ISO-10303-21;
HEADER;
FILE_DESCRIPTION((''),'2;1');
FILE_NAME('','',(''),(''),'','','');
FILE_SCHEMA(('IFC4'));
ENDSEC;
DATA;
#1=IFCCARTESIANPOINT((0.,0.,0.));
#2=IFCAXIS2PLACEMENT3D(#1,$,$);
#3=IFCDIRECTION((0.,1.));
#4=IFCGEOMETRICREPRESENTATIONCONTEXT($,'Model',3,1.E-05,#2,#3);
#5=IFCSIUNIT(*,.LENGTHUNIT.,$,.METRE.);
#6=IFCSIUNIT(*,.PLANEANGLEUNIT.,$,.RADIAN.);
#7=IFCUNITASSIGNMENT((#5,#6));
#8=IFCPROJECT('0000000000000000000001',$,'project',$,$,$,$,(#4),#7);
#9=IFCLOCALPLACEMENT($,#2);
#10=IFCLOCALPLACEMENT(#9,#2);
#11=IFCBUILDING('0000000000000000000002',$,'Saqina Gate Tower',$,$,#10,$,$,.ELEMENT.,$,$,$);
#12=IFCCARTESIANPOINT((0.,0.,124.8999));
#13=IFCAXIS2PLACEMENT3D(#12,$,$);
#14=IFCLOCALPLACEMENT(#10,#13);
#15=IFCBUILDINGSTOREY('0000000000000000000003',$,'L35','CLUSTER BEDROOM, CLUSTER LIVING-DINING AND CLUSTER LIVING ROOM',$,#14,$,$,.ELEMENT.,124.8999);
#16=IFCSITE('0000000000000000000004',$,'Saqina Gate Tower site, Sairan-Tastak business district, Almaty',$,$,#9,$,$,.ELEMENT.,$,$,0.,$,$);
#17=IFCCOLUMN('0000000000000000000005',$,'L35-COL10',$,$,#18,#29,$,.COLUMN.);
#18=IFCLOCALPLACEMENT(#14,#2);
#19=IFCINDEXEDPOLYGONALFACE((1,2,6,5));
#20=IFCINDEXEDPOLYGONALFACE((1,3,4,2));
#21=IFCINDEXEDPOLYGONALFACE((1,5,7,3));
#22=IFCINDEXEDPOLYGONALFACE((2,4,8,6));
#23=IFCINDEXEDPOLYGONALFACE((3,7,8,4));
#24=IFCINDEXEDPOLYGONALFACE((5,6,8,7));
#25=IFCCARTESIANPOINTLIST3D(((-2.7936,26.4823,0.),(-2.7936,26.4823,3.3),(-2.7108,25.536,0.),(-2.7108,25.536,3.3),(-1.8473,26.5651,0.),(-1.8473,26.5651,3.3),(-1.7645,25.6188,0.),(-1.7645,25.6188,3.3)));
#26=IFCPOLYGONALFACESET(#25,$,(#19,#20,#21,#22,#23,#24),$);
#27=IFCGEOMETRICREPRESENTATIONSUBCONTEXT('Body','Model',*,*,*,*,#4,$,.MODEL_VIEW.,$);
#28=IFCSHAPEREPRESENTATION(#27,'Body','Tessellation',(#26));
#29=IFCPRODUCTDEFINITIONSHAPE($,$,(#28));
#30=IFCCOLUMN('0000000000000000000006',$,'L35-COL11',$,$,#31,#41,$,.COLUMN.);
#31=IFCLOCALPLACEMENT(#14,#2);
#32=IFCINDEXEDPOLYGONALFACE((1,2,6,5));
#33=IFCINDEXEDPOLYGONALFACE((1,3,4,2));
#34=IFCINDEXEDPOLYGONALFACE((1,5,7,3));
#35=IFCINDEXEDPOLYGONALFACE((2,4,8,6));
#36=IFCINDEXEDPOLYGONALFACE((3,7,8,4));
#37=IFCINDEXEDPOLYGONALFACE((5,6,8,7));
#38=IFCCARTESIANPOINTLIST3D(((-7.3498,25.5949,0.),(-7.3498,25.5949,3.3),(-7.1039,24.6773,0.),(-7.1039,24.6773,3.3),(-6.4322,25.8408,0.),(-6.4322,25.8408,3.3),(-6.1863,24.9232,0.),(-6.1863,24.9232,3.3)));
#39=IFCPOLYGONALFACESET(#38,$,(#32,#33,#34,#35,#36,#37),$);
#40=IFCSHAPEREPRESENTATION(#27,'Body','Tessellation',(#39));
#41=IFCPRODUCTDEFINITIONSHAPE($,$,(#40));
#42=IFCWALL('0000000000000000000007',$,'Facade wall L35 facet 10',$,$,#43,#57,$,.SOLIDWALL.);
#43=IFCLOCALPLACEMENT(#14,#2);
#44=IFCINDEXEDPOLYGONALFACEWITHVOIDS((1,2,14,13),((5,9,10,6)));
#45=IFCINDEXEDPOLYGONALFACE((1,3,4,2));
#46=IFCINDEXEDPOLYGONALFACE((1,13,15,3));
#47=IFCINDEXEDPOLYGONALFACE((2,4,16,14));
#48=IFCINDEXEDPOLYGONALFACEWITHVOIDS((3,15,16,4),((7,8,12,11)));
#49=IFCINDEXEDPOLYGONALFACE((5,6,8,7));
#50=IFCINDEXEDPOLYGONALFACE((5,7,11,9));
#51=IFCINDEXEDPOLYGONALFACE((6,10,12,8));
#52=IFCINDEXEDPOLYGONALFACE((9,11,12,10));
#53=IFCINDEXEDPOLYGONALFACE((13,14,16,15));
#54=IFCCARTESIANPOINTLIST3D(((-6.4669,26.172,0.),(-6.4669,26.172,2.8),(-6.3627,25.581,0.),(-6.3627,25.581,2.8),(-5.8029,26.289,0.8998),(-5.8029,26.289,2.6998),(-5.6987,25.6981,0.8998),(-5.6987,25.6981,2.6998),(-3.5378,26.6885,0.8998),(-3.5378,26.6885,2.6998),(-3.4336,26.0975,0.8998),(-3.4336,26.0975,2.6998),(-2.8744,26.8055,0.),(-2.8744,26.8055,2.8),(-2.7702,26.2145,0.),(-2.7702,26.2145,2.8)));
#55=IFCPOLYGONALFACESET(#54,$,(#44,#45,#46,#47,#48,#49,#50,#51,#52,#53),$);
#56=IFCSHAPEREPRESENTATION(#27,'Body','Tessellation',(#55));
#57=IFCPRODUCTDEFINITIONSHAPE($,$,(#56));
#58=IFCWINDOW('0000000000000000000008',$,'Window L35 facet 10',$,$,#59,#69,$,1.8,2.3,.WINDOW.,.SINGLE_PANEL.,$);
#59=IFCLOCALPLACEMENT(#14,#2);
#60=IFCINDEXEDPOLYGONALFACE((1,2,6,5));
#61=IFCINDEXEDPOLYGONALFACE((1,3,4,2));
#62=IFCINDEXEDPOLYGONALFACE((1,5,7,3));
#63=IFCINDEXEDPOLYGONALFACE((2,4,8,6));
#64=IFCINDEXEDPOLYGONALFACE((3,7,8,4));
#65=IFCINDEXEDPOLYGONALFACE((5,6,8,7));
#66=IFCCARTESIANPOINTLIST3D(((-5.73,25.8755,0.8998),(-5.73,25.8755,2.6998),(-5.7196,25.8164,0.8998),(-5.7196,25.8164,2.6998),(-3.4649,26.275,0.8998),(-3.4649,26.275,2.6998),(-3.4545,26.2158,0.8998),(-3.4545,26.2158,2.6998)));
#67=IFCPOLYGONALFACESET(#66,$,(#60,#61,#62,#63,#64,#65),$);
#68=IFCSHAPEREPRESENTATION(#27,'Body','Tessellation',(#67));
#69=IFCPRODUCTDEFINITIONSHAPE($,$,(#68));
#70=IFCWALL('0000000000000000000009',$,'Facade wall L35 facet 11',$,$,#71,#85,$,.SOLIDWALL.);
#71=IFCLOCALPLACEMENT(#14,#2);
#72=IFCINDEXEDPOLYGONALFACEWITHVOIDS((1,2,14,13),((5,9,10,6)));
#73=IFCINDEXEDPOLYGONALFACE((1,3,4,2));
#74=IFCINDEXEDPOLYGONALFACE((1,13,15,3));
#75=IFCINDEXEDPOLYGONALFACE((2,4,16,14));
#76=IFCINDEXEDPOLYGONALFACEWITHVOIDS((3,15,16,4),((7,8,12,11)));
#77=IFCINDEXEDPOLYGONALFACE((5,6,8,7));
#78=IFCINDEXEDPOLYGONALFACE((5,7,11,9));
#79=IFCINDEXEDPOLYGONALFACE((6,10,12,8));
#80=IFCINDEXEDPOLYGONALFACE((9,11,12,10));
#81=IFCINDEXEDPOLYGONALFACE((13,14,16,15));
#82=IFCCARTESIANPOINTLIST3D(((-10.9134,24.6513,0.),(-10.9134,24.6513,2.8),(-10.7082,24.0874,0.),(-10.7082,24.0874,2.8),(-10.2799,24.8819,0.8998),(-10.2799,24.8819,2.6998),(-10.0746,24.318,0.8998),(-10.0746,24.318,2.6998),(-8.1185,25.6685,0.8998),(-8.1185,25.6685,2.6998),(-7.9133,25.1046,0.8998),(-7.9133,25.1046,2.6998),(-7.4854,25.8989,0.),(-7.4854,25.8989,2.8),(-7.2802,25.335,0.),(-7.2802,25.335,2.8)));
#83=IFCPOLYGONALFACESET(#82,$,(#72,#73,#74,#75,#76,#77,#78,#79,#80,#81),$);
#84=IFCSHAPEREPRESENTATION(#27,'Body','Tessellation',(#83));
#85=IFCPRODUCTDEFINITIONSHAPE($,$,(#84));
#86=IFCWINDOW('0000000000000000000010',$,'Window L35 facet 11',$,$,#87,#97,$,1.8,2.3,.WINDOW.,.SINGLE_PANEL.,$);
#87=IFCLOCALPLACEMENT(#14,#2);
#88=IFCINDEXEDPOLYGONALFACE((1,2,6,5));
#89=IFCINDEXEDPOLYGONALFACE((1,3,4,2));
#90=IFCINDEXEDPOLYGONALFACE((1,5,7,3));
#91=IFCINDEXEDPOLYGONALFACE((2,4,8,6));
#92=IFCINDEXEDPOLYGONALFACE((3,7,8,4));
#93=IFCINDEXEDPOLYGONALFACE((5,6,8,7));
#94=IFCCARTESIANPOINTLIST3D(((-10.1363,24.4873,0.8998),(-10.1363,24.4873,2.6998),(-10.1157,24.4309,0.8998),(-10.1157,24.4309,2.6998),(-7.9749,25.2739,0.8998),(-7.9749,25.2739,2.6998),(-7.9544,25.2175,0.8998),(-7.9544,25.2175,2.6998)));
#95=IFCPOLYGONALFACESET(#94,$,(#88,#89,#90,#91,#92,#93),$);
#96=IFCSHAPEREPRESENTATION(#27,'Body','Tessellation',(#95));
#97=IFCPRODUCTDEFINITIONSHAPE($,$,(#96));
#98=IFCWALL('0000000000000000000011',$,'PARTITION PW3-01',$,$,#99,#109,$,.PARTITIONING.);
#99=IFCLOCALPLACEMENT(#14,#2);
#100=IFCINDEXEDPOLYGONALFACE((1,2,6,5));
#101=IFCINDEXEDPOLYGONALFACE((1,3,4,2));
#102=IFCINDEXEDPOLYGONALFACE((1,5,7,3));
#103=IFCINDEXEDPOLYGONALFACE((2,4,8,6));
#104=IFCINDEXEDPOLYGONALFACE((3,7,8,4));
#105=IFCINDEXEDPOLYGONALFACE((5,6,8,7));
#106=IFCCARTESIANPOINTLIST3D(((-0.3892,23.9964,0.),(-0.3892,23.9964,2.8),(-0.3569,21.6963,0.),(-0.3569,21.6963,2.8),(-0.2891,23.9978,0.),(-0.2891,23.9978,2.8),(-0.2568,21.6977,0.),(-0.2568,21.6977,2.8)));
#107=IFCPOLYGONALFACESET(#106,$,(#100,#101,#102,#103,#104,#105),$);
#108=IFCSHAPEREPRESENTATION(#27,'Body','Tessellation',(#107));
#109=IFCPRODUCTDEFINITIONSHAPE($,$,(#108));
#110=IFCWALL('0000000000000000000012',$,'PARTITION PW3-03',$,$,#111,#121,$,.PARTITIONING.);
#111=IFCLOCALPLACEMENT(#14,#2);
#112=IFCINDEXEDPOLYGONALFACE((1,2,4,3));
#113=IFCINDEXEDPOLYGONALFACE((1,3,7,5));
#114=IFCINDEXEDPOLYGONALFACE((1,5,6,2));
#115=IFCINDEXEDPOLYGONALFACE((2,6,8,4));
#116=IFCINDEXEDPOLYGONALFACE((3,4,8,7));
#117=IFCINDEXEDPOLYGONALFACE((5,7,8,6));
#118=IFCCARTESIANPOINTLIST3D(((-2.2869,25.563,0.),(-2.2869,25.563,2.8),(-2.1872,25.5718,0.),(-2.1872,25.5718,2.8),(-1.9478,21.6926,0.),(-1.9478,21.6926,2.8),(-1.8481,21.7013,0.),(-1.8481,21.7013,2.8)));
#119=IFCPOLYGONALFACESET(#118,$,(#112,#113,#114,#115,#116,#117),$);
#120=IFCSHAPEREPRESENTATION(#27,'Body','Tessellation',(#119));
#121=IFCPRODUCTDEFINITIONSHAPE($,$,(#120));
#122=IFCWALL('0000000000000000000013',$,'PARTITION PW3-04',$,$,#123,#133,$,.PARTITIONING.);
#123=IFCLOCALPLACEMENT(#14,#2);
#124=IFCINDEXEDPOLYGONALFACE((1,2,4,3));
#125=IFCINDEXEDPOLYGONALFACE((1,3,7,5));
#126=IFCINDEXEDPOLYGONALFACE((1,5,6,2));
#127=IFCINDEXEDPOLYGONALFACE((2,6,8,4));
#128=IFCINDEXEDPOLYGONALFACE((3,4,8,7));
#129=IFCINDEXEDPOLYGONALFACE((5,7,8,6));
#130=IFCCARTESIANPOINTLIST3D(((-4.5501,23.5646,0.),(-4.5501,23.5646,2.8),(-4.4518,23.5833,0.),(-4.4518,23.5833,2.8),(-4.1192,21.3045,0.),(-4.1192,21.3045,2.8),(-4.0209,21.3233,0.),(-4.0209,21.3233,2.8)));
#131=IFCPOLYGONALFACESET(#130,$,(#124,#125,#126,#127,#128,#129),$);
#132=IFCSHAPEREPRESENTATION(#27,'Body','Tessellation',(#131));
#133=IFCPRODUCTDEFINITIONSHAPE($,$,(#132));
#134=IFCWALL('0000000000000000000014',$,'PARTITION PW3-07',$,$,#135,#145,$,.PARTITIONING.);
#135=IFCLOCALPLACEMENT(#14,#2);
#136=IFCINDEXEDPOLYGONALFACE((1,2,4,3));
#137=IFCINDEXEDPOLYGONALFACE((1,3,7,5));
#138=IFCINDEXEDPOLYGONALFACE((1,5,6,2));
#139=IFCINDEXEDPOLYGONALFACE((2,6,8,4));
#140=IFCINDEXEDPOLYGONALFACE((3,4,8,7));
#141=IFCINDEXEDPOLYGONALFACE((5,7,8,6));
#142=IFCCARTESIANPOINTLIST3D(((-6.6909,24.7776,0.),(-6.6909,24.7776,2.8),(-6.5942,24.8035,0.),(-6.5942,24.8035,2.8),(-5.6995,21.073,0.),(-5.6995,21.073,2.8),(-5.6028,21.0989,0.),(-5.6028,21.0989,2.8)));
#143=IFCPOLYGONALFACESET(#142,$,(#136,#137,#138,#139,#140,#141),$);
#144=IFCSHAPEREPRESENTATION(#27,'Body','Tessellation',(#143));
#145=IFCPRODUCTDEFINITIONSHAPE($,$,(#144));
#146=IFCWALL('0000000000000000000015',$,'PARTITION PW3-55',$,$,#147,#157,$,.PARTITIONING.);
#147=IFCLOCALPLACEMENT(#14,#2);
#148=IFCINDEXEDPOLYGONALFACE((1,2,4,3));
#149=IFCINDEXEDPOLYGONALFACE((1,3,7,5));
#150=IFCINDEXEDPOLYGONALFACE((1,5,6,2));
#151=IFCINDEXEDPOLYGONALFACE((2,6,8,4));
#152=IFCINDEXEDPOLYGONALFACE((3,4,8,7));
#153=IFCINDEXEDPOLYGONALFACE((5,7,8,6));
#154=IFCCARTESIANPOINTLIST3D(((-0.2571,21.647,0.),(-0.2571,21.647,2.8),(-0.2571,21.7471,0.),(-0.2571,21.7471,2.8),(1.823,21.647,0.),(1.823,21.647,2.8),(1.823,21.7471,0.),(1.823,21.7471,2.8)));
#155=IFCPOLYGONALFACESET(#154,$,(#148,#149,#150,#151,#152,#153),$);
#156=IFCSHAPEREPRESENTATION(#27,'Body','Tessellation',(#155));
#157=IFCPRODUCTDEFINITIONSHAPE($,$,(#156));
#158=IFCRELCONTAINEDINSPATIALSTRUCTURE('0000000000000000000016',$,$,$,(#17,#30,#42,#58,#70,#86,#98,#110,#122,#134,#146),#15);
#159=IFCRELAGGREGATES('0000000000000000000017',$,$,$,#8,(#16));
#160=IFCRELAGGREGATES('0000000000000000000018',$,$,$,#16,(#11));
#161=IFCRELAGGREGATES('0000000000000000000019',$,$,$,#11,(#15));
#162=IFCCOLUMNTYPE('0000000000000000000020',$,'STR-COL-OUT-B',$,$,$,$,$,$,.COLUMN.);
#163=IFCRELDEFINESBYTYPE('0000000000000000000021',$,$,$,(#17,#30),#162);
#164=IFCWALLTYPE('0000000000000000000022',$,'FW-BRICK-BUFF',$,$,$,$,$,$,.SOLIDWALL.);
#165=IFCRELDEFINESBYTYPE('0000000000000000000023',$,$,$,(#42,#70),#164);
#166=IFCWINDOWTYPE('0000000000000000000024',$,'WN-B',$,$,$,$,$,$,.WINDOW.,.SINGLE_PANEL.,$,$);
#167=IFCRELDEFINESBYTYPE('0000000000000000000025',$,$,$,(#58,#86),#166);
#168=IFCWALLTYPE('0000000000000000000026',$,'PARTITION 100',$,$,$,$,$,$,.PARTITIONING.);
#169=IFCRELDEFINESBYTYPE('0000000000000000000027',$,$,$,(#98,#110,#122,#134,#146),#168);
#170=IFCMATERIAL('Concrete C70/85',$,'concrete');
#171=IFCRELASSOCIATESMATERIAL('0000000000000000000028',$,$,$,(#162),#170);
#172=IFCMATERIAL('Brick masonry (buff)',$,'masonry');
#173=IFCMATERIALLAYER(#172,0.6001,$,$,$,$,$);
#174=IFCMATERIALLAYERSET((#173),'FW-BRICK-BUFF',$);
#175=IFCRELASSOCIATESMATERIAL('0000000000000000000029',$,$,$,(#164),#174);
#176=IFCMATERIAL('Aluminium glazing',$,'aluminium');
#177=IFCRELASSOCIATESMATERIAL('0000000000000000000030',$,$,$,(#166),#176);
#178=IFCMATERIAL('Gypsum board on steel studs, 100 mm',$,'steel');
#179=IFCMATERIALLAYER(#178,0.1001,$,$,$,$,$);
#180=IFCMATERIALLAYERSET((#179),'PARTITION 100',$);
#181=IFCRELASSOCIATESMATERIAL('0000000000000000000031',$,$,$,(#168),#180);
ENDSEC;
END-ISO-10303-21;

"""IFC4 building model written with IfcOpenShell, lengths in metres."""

from ifc_helpers import new_model, si_unit, direction, frame, frame_2d, origin, origin_2d, place, context, subcontext, project, spatial, rectangle, extrude, material, layer, layer_set, material_profile, profile_set, type_object, element, fill, save


model = new_model("IFC4")

# Units and contexts
model_context = context("Model", 3, precision=1e-05, world=origin(), true_north=direction((0.0, 1.0)))
body_context = subcontext(model_context, "Body", "Model", "MODEL_VIEW")
ifc_project = project(units=[si_unit("LENGTHUNIT", "METRE"), si_unit("PLANEANGLEUNIT", "RADIAN")], contexts=[model_context])

# Site, building, storey
site_placement = place(None, origin())
site = spatial("IfcSite", under=ifc_project, at=site_placement, Name="Saqina Gate Tower site, Sairan-Tastak business district, Almaty", CompositionType="ELEMENT", RefElevation=0.0)
building_placement = place(site_placement, origin())
building = spatial("IfcBuilding", under=site, at=building_placement, Name="Saqina Gate Tower", CompositionType="ELEMENT")
storey_placement = place(building_placement, frame((0.0, 0.0, 124.8999)))
storey = spatial("IfcBuildingStorey", under=building, at=storey_placement, Name="L35", Description="CLUSTER BEDROOM, CLUSTER LIVING-DINING AND CLUSTER LIVING ROOM", CompositionType="ELEMENT", Elevation=124.8999)

# Columns
ifc_material_1 = material(Name="Concrete C70/85", Category="concrete")
ifc_material_profile = material_profile(ifc_material_1, rectangle(XDim=0.95, YDim=0.95, at=origin_2d()), Name="RC 950x950")
ifc_profile_set = profile_set([ifc_material_profile], Name="Concrete C70/85")
column_type = type_object("IfcColumnType", Name="STR-COL-OUT-B", PredefinedType="COLUMN", material=ifc_profile_set)
for number, where, z_axis, x_axis, name in (
    (1, (-2.2791, 26.0505, 0.0), (0.0, 0.0, 1.0), (-0.087156, 0.996195, 0.0), "L35-COL10"),
    (2, (-6.7681, 25.259, 0.0), (0.0, 0.0, 1.0), (-0.258819, 0.965926, 0.0), "L35-COL11"),
):
    element("IfcColumn", number, at=place(storey_placement, frame(where, z_axis=z_axis, x_axis=x_axis)), inside=storey, type_object=column_type, Name=name, PredefinedType="COLUMN", context=body_context, shape_type="SweptSolid", body=[
        extrude(rectangle(XDim=0.95, YDim=0.95, at=origin_2d()), origin(), (0.0, 0.0, 1.0), 3.3),
    ])

# Walls, openings, windows
ifc_material_2 = material(Name="Brick masonry (buff)", Category="masonry")
ifc_layer_1 = layer(ifc_material_2, 0.6001)
ifc_layer_set_1 = layer_set([ifc_layer_1], Name="FW-BRICK-BUFF")
wall_type_1 = type_object("IfcWallType", Name="FW-BRICK-BUFF", PredefinedType="SOLIDWALL", material=ifc_layer_set_1)
wall_1_placement = place(storey_placement, frame((-2.8223, 26.51, 0.0), z_axis=(0.0, 0.0, 1.0), x_axis=(-0.984804, -0.173671, 0.0)))
wall_1 = element("IfcWall", 3, at=wall_1_placement, inside=storey, type_object=wall_type_1, Name="Facade wall L35 facet 10", PredefinedType="SOLIDWALL", context=body_context, shape_type="SweptSolid", body=[
    extrude(rectangle(XDim=3.6479, YDim=0.6001, at=frame_2d((1.824, 0.0))), origin(), (0.0, 0.0, 1.0), 2.8),
])
opening_1_placement = place(wall_1_placement, frame((0.6738, 0.0, 0.8999)))
opening_1 = element("IfcOpeningElement", 4, at=opening_1_placement, cuts=wall_1, PredefinedType="OPENING", context=body_context, shape_type="SweptSolid", body=[
    extrude(rectangle(XDim=2.3, YDim=1.8, at=frame_2d((1.1499, 0.8999))), frame((0.0, 0.312, 0.0), z_axis=(0.0, -1.0, 0.0), x_axis=(1.0, 0.0, 0.0)), (0.0, 0.0, 1.0), 0.624),
])
ifc_material_3 = material(Name="Aluminium glazing", Category="aluminium")
window_type = type_object("IfcWindowType", Name="WN-B", PartitioningType="SINGLE_PANEL", PredefinedType="WINDOW", material=ifc_material_3)
window_1_placement = place(opening_1_placement, origin())
window_1 = element("IfcWindow", 5, at=window_1_placement, inside=storey, type_object=window_type, Name="Window L35 facet 10", OverallHeight=1.8, OverallWidth=2.3, PartitioningType="SINGLE_PANEL", PredefinedType="WINDOW", context=body_context, shape_type="SweptSolid", body=[
    extrude(rectangle(XDim=2.3, YDim=1.8, at=frame_2d((1.1499, 0.8999))), frame((0.0, 0.1799, 0.0), z_axis=(0.0, -1.0, 0.0), x_axis=(1.0, 0.0, 0.0)), (0.0, 0.0, 1.0), 0.0601),
])
fill(opening_1, window_1)
wall_2_placement = place(storey_placement, frame((-7.3828, 25.6169, 0.0), z_axis=(0.0, 0.0, 1.0), x_axis=(-0.939704, -0.34199, 0.0)))
wall_2 = element("IfcWall", 6, at=wall_2_placement, inside=storey, type_object=wall_type_1, Name="Facade wall L35 facet 11", PredefinedType="SOLIDWALL", context=body_context, shape_type="SweptSolid", body=[
    extrude(rectangle(XDim=3.6479, YDim=0.6001, at=frame_2d((1.824, 0.0))), origin(), (0.0, 0.0, 1.0), 2.8),
])
opening_2_placement = place(wall_2_placement, frame((0.6738, 0.0, 0.8999)))
opening_2 = element("IfcOpeningElement", 7, at=opening_2_placement, cuts=wall_2, PredefinedType="OPENING", context=body_context, shape_type="SweptSolid", body=[
    extrude(rectangle(XDim=2.3, YDim=1.8, at=frame_2d((1.1499, 0.8999))), frame((0.0, 0.312, 0.0), z_axis=(0.0, -1.0, 0.0), x_axis=(1.0, 0.0, 0.0)), (0.0, 0.0, 1.0), 0.624),
])
window_2_placement = place(opening_2_placement, origin())
window_2 = element("IfcWindow", 8, at=window_2_placement, inside=storey, type_object=window_type, Name="Window L35 facet 11", OverallHeight=1.8, OverallWidth=2.3, PartitioningType="SINGLE_PANEL", PredefinedType="WINDOW", context=body_context, shape_type="SweptSolid", body=[
    extrude(rectangle(XDim=2.3, YDim=1.8, at=frame_2d((1.1499, 0.8999))), frame((0.0, 0.1799, 0.0), z_axis=(0.0, -1.0, 0.0), x_axis=(1.0, 0.0, 0.0)), (0.0, 0.0, 1.0), 0.0601),
])
fill(opening_2, window_2)

# Walls
ifc_material_4 = material(Name="Gypsum board on steel studs, 100 mm", Category="steel")
ifc_layer_2 = layer(ifc_material_4, 0.1001)
ifc_layer_set_2 = layer_set([ifc_layer_2], Name="PARTITION 100")
wall_type_2 = type_object("IfcWallType", Name="PARTITION 100", PredefinedType="PARTITIONING", material=ifc_layer_set_2)
wall_3_placement = place(storey_placement, frame((-0.3391, 23.9971, 0.0), z_axis=(0.0, 0.0, 1.0), x_axis=(0.01401, -0.999902, 0.0)))
element("IfcWall", 9, at=wall_3_placement, inside=storey, type_object=wall_type_2, Name="PARTITION PW3-01", PredefinedType="PARTITIONING", context=body_context, shape_type="SweptSolid", body=[
    extrude(rectangle(XDim=2.3003, YDim=0.1001, at=frame_2d((1.1501, 0.0))), origin(), (0.0, 0.0, 1.0), 2.8),
])
wall_4_placement = place(storey_placement, frame((-2.2371, 25.5674, 0.0), z_axis=(0.0, 0.0, 1.0), x_axis=(0.087283, -0.996184, 0.0)))
element("IfcWall", 10, at=wall_4_placement, inside=storey, type_object=wall_type_2, Name="PARTITION PW3-03", PredefinedType="PARTITIONING", context=body_context, shape_type="SweptSolid", body=[
    extrude(rectangle(XDim=3.8853, YDim=0.1001, at=frame_2d((1.9426, 0.0))), origin(), (0.0, 0.0, 1.0), 2.8),
])
wall_5_placement = place(storey_placement, frame((-4.501, 23.574, 0.0), z_axis=(0.0, 0.0, 1.0), x_axis=(0.187293, -0.982304, 0.0)))
element("IfcWall", 11, at=wall_5_placement, inside=storey, type_object=wall_type_2, Name="PARTITION PW3-04", PredefinedType="PARTITIONING", context=body_context, shape_type="SweptSolid", body=[
    extrude(rectangle(XDim=2.3008, YDim=0.1001, at=frame_2d((1.1504, 0.0))), origin(), (0.0, 0.0, 1.0), 2.8),
])
wall_6_placement = place(storey_placement, frame((-6.6426, 24.7905, 0.0), z_axis=(0.0, 0.0, 1.0), x_axis=(0.25853, -0.966003, 0.0)))
element("IfcWall", 12, at=wall_6_placement, inside=storey, type_object=wall_type_2, Name="PARTITION PW3-07", PredefinedType="PARTITIONING", context=body_context, shape_type="SweptSolid", body=[
    extrude(rectangle(XDim=3.835, YDim=0.1001, at=frame_2d((1.9175, 0.0))), origin(), (0.0, 0.0, 1.0), 2.8),
])
wall_7_placement = place(storey_placement, frame((-0.2571, 21.697, 0.0), z_axis=(0.0, 0.0, 1.0), x_axis=(1.0, 0.0, 0.0)))
element("IfcWall", 13, at=wall_7_placement, inside=storey, type_object=wall_type_2, Name="PARTITION PW3-55", PredefinedType="PARTITIONING", context=body_context, shape_type="SweptSolid", body=[
    extrude(rectangle(XDim=2.0801, YDim=0.1001, at=frame_2d((1.04, 0.0))), origin(), (0.0, 0.0, 1.0), 2.8),
])

save(model, "model.ifc")
